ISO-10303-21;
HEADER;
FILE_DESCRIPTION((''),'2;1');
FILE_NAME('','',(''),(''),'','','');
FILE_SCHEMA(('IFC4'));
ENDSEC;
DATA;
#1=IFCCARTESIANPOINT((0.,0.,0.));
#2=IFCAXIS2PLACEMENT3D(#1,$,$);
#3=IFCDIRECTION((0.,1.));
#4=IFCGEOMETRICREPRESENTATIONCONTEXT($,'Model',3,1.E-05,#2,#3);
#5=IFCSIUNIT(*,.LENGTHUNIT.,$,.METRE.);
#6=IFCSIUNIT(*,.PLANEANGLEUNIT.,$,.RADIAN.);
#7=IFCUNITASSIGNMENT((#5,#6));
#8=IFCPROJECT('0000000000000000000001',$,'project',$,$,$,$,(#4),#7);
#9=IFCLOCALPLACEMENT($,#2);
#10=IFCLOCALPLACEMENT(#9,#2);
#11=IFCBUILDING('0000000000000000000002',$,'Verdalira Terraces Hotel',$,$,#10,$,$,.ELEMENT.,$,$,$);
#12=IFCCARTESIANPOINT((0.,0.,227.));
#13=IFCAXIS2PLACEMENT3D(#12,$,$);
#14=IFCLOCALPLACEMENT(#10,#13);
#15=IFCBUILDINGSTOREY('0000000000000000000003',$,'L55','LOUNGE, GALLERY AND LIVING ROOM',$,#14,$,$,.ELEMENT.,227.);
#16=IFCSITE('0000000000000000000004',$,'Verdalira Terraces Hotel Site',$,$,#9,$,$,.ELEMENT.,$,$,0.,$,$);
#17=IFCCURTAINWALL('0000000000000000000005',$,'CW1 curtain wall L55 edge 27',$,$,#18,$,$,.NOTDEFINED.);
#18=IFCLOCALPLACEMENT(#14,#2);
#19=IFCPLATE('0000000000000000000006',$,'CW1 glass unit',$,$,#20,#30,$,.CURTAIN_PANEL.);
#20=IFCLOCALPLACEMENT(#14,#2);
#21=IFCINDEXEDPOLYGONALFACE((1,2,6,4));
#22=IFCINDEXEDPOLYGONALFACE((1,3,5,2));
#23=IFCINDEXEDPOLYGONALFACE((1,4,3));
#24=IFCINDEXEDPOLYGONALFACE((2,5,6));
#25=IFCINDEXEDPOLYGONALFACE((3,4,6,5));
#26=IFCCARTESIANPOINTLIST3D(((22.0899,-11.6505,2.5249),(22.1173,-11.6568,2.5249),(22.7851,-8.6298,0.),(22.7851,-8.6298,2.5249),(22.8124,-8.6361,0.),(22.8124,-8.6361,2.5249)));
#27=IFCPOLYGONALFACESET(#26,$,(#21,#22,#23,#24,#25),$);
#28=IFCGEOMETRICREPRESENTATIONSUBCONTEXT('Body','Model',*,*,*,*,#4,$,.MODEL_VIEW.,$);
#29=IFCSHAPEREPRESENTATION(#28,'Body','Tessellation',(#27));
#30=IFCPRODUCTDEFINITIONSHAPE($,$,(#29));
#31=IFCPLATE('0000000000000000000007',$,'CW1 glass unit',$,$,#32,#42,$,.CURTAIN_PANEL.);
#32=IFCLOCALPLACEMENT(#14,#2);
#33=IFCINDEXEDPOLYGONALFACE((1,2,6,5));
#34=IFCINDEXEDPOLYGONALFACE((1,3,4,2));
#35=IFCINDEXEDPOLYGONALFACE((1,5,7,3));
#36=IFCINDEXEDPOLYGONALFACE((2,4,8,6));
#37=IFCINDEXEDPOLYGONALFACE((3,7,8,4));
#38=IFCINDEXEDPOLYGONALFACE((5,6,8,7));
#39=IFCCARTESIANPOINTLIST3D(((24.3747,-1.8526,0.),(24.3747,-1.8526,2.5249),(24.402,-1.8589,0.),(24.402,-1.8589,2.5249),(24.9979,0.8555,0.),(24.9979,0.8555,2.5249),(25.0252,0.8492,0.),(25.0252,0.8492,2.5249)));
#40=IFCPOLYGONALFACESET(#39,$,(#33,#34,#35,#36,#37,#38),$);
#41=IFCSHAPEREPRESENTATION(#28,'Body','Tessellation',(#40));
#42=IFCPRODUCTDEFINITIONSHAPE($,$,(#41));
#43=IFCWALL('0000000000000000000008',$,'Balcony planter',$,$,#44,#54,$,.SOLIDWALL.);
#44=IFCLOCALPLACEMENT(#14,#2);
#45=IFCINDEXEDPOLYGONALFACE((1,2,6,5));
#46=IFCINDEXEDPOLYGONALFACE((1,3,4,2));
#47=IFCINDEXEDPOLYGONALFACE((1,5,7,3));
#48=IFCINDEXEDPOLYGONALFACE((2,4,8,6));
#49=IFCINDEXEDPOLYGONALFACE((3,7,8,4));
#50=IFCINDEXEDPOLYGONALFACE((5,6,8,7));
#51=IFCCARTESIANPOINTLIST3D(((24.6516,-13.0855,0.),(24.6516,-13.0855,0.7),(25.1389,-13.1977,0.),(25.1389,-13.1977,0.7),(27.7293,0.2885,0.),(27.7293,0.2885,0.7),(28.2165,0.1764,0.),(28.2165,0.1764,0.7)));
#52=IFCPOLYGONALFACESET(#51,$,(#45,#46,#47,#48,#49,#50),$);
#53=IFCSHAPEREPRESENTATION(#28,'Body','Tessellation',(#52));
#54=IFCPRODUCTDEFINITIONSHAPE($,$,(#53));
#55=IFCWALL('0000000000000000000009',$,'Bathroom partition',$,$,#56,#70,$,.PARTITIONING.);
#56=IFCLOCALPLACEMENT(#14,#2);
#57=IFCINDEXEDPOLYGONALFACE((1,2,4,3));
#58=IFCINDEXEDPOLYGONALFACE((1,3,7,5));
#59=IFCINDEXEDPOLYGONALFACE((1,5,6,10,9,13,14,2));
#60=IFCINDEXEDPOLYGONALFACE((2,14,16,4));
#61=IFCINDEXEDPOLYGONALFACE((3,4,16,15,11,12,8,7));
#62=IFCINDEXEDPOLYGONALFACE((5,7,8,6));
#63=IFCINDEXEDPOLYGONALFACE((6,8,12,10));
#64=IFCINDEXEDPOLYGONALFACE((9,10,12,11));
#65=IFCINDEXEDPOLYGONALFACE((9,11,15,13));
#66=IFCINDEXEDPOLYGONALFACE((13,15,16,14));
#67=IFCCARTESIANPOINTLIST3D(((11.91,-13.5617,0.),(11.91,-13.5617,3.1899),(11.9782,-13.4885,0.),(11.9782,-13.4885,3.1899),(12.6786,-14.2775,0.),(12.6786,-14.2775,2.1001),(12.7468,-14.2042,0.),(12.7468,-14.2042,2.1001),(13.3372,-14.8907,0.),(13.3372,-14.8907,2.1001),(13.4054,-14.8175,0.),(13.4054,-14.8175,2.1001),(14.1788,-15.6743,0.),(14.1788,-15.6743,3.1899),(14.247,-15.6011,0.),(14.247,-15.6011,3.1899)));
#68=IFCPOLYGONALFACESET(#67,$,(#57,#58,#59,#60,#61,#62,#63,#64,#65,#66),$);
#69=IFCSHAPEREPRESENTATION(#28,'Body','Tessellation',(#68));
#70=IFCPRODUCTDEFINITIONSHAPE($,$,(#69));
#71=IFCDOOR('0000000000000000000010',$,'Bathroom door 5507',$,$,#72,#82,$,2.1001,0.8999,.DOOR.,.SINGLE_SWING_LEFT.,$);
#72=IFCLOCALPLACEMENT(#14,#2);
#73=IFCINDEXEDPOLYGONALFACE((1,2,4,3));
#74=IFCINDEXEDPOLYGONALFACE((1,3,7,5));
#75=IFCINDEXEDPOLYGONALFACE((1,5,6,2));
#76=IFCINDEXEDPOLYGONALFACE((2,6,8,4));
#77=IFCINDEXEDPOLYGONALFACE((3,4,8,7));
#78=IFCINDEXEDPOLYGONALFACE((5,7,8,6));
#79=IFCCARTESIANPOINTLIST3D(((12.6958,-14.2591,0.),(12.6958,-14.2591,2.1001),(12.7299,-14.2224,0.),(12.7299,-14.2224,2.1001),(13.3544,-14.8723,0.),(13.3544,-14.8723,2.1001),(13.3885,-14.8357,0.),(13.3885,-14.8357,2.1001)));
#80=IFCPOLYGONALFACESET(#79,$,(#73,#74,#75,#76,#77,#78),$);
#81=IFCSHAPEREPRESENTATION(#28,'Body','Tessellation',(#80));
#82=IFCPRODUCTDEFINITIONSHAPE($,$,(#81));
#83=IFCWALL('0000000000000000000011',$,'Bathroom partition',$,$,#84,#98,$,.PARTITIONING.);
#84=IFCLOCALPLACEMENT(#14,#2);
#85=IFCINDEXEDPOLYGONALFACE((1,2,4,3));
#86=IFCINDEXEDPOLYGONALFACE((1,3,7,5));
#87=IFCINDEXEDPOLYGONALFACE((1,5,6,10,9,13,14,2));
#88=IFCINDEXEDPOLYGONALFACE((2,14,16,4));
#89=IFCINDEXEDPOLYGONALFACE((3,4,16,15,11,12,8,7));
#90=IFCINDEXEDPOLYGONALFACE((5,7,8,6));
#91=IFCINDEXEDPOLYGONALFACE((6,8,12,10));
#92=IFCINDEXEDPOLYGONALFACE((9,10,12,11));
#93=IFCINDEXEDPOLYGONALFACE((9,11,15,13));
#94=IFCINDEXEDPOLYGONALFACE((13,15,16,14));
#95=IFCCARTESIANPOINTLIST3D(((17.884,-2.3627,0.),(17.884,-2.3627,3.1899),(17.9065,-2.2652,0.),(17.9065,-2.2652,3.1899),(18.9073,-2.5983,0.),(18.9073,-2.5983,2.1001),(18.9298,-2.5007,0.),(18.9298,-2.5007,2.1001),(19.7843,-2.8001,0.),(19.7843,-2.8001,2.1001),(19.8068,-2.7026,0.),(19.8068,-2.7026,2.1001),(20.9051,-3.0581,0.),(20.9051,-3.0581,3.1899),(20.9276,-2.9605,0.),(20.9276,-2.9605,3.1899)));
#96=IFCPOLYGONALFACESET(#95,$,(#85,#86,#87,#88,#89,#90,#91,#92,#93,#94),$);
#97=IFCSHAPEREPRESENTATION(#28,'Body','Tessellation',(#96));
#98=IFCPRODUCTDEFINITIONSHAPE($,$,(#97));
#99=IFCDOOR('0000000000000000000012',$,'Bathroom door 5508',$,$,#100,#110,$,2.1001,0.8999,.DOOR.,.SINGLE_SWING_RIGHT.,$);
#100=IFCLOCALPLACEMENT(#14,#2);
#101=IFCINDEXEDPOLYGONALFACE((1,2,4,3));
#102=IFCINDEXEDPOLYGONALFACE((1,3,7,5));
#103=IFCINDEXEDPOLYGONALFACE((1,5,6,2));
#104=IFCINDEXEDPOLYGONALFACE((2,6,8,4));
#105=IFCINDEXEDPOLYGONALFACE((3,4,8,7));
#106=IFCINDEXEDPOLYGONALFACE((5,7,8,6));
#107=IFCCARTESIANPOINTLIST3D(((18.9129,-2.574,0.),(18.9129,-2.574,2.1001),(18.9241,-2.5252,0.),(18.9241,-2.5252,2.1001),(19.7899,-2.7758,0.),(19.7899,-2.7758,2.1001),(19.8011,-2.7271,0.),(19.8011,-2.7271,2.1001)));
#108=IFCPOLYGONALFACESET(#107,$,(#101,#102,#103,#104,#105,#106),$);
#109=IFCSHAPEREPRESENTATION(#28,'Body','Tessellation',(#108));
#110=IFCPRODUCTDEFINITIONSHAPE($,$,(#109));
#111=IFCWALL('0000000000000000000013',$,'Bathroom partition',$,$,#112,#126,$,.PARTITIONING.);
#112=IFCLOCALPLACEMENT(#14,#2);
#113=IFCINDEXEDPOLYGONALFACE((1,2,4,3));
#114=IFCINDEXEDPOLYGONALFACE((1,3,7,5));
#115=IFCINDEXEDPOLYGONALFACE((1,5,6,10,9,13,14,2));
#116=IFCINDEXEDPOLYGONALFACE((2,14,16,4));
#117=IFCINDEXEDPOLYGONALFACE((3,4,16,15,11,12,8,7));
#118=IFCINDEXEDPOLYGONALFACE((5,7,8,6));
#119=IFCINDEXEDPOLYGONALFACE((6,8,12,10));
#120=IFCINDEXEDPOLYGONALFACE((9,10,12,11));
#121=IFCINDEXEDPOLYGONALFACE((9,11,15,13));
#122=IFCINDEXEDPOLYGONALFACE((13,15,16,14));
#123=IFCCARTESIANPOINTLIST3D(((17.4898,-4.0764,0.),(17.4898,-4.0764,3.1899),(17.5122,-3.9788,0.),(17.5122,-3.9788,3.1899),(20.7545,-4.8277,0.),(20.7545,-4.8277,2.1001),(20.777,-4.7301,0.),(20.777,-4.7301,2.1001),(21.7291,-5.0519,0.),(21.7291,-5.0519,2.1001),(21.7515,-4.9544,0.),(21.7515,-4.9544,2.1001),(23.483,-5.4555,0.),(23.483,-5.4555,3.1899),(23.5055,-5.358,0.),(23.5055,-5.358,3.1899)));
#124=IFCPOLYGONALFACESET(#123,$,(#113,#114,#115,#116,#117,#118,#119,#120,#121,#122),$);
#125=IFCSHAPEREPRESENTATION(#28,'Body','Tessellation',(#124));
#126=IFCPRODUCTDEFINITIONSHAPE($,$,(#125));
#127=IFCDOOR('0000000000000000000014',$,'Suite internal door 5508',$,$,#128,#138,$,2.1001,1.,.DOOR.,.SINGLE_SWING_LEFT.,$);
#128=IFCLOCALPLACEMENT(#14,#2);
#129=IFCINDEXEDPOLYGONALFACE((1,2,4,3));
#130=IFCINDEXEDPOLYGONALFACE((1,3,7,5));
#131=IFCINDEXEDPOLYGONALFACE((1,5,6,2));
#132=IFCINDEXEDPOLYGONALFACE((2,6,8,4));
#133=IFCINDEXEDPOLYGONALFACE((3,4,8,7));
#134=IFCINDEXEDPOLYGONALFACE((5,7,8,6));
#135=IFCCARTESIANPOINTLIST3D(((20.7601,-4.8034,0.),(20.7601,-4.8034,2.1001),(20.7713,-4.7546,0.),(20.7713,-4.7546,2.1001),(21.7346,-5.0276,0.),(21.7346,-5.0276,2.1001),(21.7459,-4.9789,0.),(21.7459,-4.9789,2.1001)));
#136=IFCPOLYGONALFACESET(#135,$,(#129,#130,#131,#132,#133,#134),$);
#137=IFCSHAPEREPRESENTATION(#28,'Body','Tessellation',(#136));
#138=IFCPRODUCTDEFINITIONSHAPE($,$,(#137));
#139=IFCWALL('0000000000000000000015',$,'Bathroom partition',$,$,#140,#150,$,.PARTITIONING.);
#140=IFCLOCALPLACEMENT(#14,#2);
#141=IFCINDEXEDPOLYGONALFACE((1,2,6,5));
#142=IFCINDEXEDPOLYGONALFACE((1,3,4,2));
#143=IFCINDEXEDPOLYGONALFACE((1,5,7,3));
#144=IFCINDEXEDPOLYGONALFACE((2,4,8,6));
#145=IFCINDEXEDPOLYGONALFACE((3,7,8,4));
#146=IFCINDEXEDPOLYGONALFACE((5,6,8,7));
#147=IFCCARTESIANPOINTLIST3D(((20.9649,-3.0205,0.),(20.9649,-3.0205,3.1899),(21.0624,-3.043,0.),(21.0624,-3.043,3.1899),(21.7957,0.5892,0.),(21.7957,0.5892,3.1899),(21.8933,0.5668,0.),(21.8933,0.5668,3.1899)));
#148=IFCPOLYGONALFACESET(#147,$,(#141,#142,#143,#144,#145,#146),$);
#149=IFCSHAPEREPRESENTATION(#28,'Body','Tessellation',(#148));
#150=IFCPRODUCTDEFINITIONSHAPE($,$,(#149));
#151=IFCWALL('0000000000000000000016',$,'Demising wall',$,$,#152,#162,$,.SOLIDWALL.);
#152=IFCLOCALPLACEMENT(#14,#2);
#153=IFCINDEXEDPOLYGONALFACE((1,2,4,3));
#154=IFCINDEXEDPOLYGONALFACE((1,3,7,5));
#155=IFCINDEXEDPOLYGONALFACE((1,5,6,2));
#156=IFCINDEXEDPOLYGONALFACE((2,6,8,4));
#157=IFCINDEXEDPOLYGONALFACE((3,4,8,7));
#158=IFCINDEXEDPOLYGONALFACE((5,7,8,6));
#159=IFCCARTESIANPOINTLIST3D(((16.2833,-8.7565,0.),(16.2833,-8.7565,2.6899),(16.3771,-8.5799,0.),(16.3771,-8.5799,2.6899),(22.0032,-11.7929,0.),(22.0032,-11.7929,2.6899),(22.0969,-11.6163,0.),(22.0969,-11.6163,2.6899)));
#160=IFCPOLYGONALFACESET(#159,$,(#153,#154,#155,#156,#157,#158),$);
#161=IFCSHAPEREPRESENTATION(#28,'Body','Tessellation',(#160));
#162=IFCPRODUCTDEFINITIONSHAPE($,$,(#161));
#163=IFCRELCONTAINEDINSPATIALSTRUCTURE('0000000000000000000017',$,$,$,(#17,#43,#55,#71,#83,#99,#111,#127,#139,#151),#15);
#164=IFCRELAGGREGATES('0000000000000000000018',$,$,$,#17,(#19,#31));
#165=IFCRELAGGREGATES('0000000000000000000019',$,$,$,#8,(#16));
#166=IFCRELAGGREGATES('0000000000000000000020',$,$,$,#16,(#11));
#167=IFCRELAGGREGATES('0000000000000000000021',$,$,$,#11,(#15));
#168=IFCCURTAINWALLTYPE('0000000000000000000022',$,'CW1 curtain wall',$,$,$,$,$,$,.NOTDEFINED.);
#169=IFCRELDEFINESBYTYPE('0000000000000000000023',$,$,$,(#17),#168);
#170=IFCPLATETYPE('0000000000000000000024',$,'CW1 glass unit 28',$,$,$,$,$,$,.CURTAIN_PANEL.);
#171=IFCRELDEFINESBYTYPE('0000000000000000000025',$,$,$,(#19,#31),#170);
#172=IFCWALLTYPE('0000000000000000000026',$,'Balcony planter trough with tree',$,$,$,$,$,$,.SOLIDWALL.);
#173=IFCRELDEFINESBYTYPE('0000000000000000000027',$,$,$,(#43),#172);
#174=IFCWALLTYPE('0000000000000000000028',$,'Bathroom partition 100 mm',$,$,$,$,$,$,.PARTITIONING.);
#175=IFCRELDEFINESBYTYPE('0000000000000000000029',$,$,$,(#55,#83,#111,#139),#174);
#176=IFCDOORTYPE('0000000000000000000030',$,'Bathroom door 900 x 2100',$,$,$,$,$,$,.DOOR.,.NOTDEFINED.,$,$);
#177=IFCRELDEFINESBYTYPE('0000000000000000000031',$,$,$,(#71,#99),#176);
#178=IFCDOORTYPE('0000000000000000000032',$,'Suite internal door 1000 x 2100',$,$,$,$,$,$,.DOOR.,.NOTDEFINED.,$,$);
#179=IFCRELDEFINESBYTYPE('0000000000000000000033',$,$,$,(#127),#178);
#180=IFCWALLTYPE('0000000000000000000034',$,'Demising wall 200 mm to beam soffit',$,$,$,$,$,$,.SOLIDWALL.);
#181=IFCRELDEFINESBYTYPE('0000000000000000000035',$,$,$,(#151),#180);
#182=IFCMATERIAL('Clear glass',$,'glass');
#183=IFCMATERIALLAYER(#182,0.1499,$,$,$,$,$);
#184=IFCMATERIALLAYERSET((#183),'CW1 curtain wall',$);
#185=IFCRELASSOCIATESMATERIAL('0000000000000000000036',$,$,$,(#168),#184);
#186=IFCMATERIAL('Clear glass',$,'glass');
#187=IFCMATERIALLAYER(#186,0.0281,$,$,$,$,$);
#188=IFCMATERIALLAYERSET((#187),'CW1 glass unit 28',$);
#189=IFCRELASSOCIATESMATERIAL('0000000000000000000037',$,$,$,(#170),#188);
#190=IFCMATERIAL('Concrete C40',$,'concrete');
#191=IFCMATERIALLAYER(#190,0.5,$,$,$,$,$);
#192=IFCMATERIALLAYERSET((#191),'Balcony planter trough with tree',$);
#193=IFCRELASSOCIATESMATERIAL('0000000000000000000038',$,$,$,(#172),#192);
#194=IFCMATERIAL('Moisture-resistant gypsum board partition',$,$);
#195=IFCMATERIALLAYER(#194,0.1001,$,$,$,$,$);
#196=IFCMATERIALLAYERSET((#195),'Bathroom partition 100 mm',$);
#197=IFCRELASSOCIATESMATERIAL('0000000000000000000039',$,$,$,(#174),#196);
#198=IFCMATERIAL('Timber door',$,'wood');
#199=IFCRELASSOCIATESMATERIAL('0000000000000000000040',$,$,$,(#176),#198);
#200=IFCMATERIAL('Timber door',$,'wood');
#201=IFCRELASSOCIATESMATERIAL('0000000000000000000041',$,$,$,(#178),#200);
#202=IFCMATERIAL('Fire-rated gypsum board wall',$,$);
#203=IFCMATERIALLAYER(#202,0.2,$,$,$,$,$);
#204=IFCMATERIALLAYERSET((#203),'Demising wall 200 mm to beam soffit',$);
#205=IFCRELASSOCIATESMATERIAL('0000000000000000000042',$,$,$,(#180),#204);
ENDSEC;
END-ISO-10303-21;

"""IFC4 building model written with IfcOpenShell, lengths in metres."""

from ifc_helpers import new_model, si_unit, direction, frame, frame_2d, origin, origin_2d, place, context, subcontext, project, spatial, polyline, rectangle, outline, extrude, material, layer, layer_set, type_object, element, fill, aggregate, save


model = new_model("IFC4")

# Units and contexts
model_context = context("Model", 3, precision=1e-05, world=origin(), true_north=direction((0.0, 1.0)))
body_context = subcontext(model_context, "Body", "Model", "MODEL_VIEW")
ifc_project = project(units=[si_unit("LENGTHUNIT", "METRE"), si_unit("PLANEANGLEUNIT", "RADIAN")], contexts=[model_context])

# Site, building, storey
site_placement = place(None, origin())
site = spatial("IfcSite", under=ifc_project, at=site_placement, Name="Verdalira Terraces Hotel Site", CompositionType="ELEMENT", RefElevation=0.0)
building_placement = place(site_placement, origin())
building = spatial("IfcBuilding", under=site, at=building_placement, Name="Verdalira Terraces Hotel", CompositionType="ELEMENT")
storey_placement = place(building_placement, frame((0.0, 0.0, 227.0)))
storey = spatial("IfcBuildingStorey", under=building, at=storey_placement, Name="L55", Description="LOUNGE, GALLERY AND LIVING ROOM", CompositionType="ELEMENT", Elevation=227.0)

# Shared definitions
ifc_material_1 = material(Name="Clear glass", Category="glass")
ifc_layer_1 = layer(ifc_material_1, 0.1499)
ifc_layer_set_1 = layer_set([ifc_layer_1], Name="CW1 curtain wall")
curtain_wall_type = type_object("IfcCurtainWallType", Name="CW1 curtain wall", PredefinedType="NOTDEFINED", material=ifc_layer_set_1)

# Curtain wall
curtain_wall_1_placement = place(storey_placement, origin())
curtain_wall_1 = element("IfcCurtainWall", 1, at=curtain_wall_1_placement, inside=storey, type_object=curtain_wall_type, Name="CW1 curtain wall L55 edge 27", PredefinedType="NOTDEFINED")

# Plates
ifc_material_2 = material(Name="Clear glass", Category="glass")
ifc_layer_2 = layer(ifc_material_2, 0.0281)
ifc_layer_set_2 = layer_set([ifc_layer_2], Name="CW1 glass unit 28")
plate_type = type_object("IfcPlateType", Name="CW1 glass unit 28", PredefinedType="CURTAIN_PANEL", material=ifc_layer_set_2)
plate_1_placement = place(storey_placement, frame((22.4375, -10.1401, 1.2625), z_axis=(0.974527, -0.224271, 0.0), x_axis=(0.224271, 0.974527, 0.0)))
plate_1 = element("IfcPlate", 2, at=plate_1_placement, type_object=plate_type, Name="CW1 glass unit", PredefinedType="CURTAIN_PANEL", context=body_context, shape_type="SweptSolid", body=[
    extrude(outline(polyline([(1.5498, -1.2625), (1.5498, 1.2625), (-1.5498, 1.2625), (1.5498, -1.2625)])), origin(), (0.0, 0.0, 1.0), 0.0281),
])
plate_2_placement = place(storey_placement, frame((24.7, -0.5017, 0.0), z_axis=(0.0, 0.0, 1.0), x_axis=(0.224271, 0.974527, 0.0)))
plate_2 = element("IfcPlate", 3, at=plate_2_placement, type_object=plate_type, Name="CW1 glass unit", PredefinedType="CURTAIN_PANEL", context=body_context, shape_type="SweptSolid", body=[
    extrude(rectangle(XDim=2.7788, YDim=0.0281, at=origin_2d()), origin(), (0.0, 0.0, 1.0), 2.5249),
])
aggregate(curtain_wall_1, [plate_1, plate_2])

# Wall
ifc_material_3 = material(Name="Concrete C40", Category="concrete")
ifc_layer_3 = layer(ifc_material_3, 0.5)
ifc_layer_set_3 = layer_set([ifc_layer_3], Name="Balcony planter trough with tree")
wall_type_1 = type_object("IfcWallType", Name="Balcony planter trough with tree", PredefinedType="SOLIDWALL", material=ifc_layer_set_3)
wall_1_placement = place(storey_placement, frame((24.8953, -13.1416, 0.0), z_axis=(0.0, 0.0, 1.0), x_axis=(0.224259, 0.97453, 0.0)))
element("IfcWall", 4, at=wall_1_placement, inside=storey, type_object=wall_type_1, Name="Balcony planter", PredefinedType="SOLIDWALL", context=body_context, shape_type="SweptSolid", body=[
    extrude(rectangle(XDim=13.7236, YDim=0.5, at=frame_2d((6.8618, 0.0))), origin(), (0.0, 0.0, 1.0), 0.7),
])

# Walls, openings, doors
ifc_material_4 = material(Name="Moisture-resistant gypsum board partition")
ifc_layer_4 = layer(ifc_material_4, 0.1001)
ifc_layer_set_4 = layer_set([ifc_layer_4], Name="Bathroom partition 100 mm")
wall_type_2 = type_object("IfcWallType", Name="Bathroom partition 100 mm", PredefinedType="PARTITIONING", material=ifc_layer_set_4)
wall_2_placement = place(storey_placement, frame((14.2129, -15.6377, 0.0), z_axis=(0.0, 0.0, 1.0), x_axis=(-0.731859, 0.681456, 0.0)))
wall_2 = element("IfcWall", 5, at=wall_2_placement, inside=storey, type_object=wall_type_2, Name="Bathroom partition", PredefinedType="PARTITIONING", context=body_context, shape_type="SweptSolid", body=[
    extrude(rectangle(XDim=3.1001, YDim=0.1001, at=frame_2d((1.55, 0.0))), origin(), (0.0, 0.0, 1.0), 3.1899),
])
opening_1_placement = place(wall_2_placement, frame((1.1499, 0.0, 0.0)))
opening_1 = element("IfcOpeningElement", 6, at=opening_1_placement, cuts=wall_2, PredefinedType="OPENING", context=body_context, shape_type="SweptSolid", body=[
    extrude(rectangle(XDim=0.8999, YDim=2.1001, at=frame_2d((0.45, 1.05))), frame((0.0, 0.0601, 0.0), z_axis=(0.0, -1.0, 0.0), x_axis=(1.0, 0.0, 0.0)), (0.0, 0.0, 1.0), 0.1201),
])
ifc_material_5 = material(Name="Timber door", Category="wood")
door_type_1 = type_object("IfcDoorType", Name="Bathroom door 900 x 2100", OperationType="NOTDEFINED", PredefinedType="DOOR", material=ifc_material_5)
door_1_placement = place(opening_1_placement, origin())
door_1 = element("IfcDoor", 7, at=door_1_placement, inside=storey, type_object=door_type_1, Name="Bathroom door 5507", OperationType="SINGLE_SWING_LEFT", OverallHeight=2.1001, OverallWidth=0.8999, PredefinedType="DOOR", context=body_context, shape_type="SweptSolid", body=[
    extrude(rectangle(XDim=0.8999, YDim=2.1001, at=frame_2d((0.45, 1.05))), frame((0.0, 0.0249, 0.0), z_axis=(0.0, -1.0, 0.0), x_axis=(1.0, 0.0, 0.0)), (0.0, 0.0, 1.0), 0.05),
])
fill(opening_1, door_1)
wall_3_placement = place(storey_placement, frame((17.8953, -2.314, 0.0), z_axis=(0.0, 0.0, 1.0), x_axis=(0.974521, -0.224296, 0.0)))
wall_3 = element("IfcWall", 8, at=wall_3_placement, inside=storey, type_object=wall_type_2, Name="Bathroom partition", PredefinedType="PARTITIONING", context=body_context, shape_type="SweptSolid", body=[
    extrude(rectangle(XDim=3.1001, YDim=0.1001, at=frame_2d((1.55, 0.0))), origin(), (0.0, 0.0, 1.0), 3.1899),
])
opening_2_placement = place(wall_3_placement, frame((1.05, 0.0, 0.0)))
opening_2 = element("IfcOpeningElement", 9, at=opening_2_placement, cuts=wall_3, PredefinedType="OPENING", context=body_context, shape_type="SweptSolid", body=[
    extrude(rectangle(XDim=0.8999, YDim=2.1001, at=frame_2d((0.45, 1.05))), frame((0.0, 0.0601, 0.0), z_axis=(0.0, -1.0, 0.0), x_axis=(1.0, 0.0, 0.0)), (0.0, 0.0, 1.0), 0.1201),
])
door_2_placement = place(opening_2_placement, origin())
door_2 = element("IfcDoor", 10, at=door_2_placement, inside=storey, type_object=door_type_1, Name="Bathroom door 5508", OperationType="SINGLE_SWING_RIGHT", OverallHeight=2.1001, OverallWidth=0.8999, PredefinedType="DOOR", context=body_context, shape_type="SweptSolid", body=[
    extrude(rectangle(XDim=0.8999, YDim=2.1001, at=frame_2d((0.45, 1.05))), frame((0.0, 0.0249, 0.0), z_axis=(0.0, -1.0, 0.0), x_axis=(1.0, 0.0, 0.0)), (0.0, 0.0, 1.0), 0.05),
])
fill(opening_2, door_2)
wall_4_placement = place(storey_placement, frame((17.501, -4.0276, 0.0), z_axis=(0.0, 0.0, 1.0), x_axis=(0.97453, -0.224259, 0.0)))
wall_4 = element("IfcWall", 11, at=wall_4_placement, inside=storey, type_object=wall_type_2, Name="Bathroom partition", PredefinedType="PARTITIONING", context=body_context, shape_type="SweptSolid", body=[
    extrude(rectangle(XDim=6.1499, YDim=0.1001, at=frame_2d((3.075, 0.0))), origin(), (0.0, 0.0, 1.0), 3.1899),
])
opening_3_placement = place(wall_4_placement, frame((3.3501, 0.0, 0.0)))
opening_3 = element("IfcOpeningElement", 12, at=opening_3_placement, cuts=wall_4, PredefinedType="OPENING", context=body_context, shape_type="SweptSolid", body=[
    extrude(rectangle(XDim=1.0, YDim=2.1001, at=frame_2d((0.5, 1.05))), frame((0.0, 0.0601, 0.0), z_axis=(0.0, -1.0, 0.0), x_axis=(1.0, 0.0, 0.0)), (0.0, 0.0, 1.0), 0.1201),
])
ifc_material_6 = material(Name="Timber door", Category="wood")
door_type_2 = type_object("IfcDoorType", Name="Suite internal door 1000 x 2100", OperationType="NOTDEFINED", PredefinedType="DOOR", material=ifc_material_6)
door_3_placement = place(opening_3_placement, origin())
door_3 = element("IfcDoor", 13, at=door_3_placement, inside=storey, type_object=door_type_2, Name="Suite internal door 5508", OperationType="SINGLE_SWING_LEFT", OverallHeight=2.1001, OverallWidth=1.0, PredefinedType="DOOR", context=body_context, shape_type="SweptSolid", body=[
    extrude(rectangle(XDim=1.0, YDim=2.1001, at=frame_2d((0.5, 1.05))), frame((0.0, 0.0249, 0.0), z_axis=(0.0, -1.0, 0.0), x_axis=(1.0, 0.0, 0.0)), (0.0, 0.0, 1.0), 0.05),
])
fill(opening_3, door_3)

# Walls
wall_5_placement = place(storey_placement, frame((21.0137, -3.0317, 0.0), z_axis=(0.0, 0.0, 1.0), x_axis=(0.224301, 0.97452, 0.0)))
element("IfcWall", 14, at=wall_5_placement, inside=storey, type_object=wall_type_2, Name="Bathroom partition", PredefinedType="PARTITIONING", context=body_context, shape_type="SweptSolid", body=[
    extrude(rectangle(XDim=3.7041, YDim=0.1001, at=frame_2d((1.8521, 0.0))), origin(), (0.0, 0.0, 1.0), 3.1899),
])
ifc_material_7 = material(Name="Fire-rated gypsum board wall")
ifc_layer_5 = layer(ifc_material_7, 0.2)
ifc_layer_set_5 = layer_set([ifc_layer_5], Name="Demising wall 200 mm to beam soffit")
wall_type_3 = type_object("IfcWallType", Name="Demising wall 200 mm to beam soffit", PredefinedType="SOLIDWALL", material=ifc_layer_set_5)
wall_6_placement = place(storey_placement, frame((16.3303, -8.6682, 0.0), z_axis=(0.0, 0.0, 1.0), x_axis=(0.883258, -0.468887, 0.0)))
element("IfcWall", 15, at=wall_6_placement, inside=storey, type_object=wall_type_3, Name="Demising wall", PredefinedType="SOLIDWALL", context=body_context, shape_type="SweptSolid", body=[
    extrude(rectangle(XDim=6.4758, YDim=0.2, at=frame_2d((3.2378, 0.0))), origin(), (0.0, 0.0, 1.0), 2.6899),
])

save(model, "model.ifc")
